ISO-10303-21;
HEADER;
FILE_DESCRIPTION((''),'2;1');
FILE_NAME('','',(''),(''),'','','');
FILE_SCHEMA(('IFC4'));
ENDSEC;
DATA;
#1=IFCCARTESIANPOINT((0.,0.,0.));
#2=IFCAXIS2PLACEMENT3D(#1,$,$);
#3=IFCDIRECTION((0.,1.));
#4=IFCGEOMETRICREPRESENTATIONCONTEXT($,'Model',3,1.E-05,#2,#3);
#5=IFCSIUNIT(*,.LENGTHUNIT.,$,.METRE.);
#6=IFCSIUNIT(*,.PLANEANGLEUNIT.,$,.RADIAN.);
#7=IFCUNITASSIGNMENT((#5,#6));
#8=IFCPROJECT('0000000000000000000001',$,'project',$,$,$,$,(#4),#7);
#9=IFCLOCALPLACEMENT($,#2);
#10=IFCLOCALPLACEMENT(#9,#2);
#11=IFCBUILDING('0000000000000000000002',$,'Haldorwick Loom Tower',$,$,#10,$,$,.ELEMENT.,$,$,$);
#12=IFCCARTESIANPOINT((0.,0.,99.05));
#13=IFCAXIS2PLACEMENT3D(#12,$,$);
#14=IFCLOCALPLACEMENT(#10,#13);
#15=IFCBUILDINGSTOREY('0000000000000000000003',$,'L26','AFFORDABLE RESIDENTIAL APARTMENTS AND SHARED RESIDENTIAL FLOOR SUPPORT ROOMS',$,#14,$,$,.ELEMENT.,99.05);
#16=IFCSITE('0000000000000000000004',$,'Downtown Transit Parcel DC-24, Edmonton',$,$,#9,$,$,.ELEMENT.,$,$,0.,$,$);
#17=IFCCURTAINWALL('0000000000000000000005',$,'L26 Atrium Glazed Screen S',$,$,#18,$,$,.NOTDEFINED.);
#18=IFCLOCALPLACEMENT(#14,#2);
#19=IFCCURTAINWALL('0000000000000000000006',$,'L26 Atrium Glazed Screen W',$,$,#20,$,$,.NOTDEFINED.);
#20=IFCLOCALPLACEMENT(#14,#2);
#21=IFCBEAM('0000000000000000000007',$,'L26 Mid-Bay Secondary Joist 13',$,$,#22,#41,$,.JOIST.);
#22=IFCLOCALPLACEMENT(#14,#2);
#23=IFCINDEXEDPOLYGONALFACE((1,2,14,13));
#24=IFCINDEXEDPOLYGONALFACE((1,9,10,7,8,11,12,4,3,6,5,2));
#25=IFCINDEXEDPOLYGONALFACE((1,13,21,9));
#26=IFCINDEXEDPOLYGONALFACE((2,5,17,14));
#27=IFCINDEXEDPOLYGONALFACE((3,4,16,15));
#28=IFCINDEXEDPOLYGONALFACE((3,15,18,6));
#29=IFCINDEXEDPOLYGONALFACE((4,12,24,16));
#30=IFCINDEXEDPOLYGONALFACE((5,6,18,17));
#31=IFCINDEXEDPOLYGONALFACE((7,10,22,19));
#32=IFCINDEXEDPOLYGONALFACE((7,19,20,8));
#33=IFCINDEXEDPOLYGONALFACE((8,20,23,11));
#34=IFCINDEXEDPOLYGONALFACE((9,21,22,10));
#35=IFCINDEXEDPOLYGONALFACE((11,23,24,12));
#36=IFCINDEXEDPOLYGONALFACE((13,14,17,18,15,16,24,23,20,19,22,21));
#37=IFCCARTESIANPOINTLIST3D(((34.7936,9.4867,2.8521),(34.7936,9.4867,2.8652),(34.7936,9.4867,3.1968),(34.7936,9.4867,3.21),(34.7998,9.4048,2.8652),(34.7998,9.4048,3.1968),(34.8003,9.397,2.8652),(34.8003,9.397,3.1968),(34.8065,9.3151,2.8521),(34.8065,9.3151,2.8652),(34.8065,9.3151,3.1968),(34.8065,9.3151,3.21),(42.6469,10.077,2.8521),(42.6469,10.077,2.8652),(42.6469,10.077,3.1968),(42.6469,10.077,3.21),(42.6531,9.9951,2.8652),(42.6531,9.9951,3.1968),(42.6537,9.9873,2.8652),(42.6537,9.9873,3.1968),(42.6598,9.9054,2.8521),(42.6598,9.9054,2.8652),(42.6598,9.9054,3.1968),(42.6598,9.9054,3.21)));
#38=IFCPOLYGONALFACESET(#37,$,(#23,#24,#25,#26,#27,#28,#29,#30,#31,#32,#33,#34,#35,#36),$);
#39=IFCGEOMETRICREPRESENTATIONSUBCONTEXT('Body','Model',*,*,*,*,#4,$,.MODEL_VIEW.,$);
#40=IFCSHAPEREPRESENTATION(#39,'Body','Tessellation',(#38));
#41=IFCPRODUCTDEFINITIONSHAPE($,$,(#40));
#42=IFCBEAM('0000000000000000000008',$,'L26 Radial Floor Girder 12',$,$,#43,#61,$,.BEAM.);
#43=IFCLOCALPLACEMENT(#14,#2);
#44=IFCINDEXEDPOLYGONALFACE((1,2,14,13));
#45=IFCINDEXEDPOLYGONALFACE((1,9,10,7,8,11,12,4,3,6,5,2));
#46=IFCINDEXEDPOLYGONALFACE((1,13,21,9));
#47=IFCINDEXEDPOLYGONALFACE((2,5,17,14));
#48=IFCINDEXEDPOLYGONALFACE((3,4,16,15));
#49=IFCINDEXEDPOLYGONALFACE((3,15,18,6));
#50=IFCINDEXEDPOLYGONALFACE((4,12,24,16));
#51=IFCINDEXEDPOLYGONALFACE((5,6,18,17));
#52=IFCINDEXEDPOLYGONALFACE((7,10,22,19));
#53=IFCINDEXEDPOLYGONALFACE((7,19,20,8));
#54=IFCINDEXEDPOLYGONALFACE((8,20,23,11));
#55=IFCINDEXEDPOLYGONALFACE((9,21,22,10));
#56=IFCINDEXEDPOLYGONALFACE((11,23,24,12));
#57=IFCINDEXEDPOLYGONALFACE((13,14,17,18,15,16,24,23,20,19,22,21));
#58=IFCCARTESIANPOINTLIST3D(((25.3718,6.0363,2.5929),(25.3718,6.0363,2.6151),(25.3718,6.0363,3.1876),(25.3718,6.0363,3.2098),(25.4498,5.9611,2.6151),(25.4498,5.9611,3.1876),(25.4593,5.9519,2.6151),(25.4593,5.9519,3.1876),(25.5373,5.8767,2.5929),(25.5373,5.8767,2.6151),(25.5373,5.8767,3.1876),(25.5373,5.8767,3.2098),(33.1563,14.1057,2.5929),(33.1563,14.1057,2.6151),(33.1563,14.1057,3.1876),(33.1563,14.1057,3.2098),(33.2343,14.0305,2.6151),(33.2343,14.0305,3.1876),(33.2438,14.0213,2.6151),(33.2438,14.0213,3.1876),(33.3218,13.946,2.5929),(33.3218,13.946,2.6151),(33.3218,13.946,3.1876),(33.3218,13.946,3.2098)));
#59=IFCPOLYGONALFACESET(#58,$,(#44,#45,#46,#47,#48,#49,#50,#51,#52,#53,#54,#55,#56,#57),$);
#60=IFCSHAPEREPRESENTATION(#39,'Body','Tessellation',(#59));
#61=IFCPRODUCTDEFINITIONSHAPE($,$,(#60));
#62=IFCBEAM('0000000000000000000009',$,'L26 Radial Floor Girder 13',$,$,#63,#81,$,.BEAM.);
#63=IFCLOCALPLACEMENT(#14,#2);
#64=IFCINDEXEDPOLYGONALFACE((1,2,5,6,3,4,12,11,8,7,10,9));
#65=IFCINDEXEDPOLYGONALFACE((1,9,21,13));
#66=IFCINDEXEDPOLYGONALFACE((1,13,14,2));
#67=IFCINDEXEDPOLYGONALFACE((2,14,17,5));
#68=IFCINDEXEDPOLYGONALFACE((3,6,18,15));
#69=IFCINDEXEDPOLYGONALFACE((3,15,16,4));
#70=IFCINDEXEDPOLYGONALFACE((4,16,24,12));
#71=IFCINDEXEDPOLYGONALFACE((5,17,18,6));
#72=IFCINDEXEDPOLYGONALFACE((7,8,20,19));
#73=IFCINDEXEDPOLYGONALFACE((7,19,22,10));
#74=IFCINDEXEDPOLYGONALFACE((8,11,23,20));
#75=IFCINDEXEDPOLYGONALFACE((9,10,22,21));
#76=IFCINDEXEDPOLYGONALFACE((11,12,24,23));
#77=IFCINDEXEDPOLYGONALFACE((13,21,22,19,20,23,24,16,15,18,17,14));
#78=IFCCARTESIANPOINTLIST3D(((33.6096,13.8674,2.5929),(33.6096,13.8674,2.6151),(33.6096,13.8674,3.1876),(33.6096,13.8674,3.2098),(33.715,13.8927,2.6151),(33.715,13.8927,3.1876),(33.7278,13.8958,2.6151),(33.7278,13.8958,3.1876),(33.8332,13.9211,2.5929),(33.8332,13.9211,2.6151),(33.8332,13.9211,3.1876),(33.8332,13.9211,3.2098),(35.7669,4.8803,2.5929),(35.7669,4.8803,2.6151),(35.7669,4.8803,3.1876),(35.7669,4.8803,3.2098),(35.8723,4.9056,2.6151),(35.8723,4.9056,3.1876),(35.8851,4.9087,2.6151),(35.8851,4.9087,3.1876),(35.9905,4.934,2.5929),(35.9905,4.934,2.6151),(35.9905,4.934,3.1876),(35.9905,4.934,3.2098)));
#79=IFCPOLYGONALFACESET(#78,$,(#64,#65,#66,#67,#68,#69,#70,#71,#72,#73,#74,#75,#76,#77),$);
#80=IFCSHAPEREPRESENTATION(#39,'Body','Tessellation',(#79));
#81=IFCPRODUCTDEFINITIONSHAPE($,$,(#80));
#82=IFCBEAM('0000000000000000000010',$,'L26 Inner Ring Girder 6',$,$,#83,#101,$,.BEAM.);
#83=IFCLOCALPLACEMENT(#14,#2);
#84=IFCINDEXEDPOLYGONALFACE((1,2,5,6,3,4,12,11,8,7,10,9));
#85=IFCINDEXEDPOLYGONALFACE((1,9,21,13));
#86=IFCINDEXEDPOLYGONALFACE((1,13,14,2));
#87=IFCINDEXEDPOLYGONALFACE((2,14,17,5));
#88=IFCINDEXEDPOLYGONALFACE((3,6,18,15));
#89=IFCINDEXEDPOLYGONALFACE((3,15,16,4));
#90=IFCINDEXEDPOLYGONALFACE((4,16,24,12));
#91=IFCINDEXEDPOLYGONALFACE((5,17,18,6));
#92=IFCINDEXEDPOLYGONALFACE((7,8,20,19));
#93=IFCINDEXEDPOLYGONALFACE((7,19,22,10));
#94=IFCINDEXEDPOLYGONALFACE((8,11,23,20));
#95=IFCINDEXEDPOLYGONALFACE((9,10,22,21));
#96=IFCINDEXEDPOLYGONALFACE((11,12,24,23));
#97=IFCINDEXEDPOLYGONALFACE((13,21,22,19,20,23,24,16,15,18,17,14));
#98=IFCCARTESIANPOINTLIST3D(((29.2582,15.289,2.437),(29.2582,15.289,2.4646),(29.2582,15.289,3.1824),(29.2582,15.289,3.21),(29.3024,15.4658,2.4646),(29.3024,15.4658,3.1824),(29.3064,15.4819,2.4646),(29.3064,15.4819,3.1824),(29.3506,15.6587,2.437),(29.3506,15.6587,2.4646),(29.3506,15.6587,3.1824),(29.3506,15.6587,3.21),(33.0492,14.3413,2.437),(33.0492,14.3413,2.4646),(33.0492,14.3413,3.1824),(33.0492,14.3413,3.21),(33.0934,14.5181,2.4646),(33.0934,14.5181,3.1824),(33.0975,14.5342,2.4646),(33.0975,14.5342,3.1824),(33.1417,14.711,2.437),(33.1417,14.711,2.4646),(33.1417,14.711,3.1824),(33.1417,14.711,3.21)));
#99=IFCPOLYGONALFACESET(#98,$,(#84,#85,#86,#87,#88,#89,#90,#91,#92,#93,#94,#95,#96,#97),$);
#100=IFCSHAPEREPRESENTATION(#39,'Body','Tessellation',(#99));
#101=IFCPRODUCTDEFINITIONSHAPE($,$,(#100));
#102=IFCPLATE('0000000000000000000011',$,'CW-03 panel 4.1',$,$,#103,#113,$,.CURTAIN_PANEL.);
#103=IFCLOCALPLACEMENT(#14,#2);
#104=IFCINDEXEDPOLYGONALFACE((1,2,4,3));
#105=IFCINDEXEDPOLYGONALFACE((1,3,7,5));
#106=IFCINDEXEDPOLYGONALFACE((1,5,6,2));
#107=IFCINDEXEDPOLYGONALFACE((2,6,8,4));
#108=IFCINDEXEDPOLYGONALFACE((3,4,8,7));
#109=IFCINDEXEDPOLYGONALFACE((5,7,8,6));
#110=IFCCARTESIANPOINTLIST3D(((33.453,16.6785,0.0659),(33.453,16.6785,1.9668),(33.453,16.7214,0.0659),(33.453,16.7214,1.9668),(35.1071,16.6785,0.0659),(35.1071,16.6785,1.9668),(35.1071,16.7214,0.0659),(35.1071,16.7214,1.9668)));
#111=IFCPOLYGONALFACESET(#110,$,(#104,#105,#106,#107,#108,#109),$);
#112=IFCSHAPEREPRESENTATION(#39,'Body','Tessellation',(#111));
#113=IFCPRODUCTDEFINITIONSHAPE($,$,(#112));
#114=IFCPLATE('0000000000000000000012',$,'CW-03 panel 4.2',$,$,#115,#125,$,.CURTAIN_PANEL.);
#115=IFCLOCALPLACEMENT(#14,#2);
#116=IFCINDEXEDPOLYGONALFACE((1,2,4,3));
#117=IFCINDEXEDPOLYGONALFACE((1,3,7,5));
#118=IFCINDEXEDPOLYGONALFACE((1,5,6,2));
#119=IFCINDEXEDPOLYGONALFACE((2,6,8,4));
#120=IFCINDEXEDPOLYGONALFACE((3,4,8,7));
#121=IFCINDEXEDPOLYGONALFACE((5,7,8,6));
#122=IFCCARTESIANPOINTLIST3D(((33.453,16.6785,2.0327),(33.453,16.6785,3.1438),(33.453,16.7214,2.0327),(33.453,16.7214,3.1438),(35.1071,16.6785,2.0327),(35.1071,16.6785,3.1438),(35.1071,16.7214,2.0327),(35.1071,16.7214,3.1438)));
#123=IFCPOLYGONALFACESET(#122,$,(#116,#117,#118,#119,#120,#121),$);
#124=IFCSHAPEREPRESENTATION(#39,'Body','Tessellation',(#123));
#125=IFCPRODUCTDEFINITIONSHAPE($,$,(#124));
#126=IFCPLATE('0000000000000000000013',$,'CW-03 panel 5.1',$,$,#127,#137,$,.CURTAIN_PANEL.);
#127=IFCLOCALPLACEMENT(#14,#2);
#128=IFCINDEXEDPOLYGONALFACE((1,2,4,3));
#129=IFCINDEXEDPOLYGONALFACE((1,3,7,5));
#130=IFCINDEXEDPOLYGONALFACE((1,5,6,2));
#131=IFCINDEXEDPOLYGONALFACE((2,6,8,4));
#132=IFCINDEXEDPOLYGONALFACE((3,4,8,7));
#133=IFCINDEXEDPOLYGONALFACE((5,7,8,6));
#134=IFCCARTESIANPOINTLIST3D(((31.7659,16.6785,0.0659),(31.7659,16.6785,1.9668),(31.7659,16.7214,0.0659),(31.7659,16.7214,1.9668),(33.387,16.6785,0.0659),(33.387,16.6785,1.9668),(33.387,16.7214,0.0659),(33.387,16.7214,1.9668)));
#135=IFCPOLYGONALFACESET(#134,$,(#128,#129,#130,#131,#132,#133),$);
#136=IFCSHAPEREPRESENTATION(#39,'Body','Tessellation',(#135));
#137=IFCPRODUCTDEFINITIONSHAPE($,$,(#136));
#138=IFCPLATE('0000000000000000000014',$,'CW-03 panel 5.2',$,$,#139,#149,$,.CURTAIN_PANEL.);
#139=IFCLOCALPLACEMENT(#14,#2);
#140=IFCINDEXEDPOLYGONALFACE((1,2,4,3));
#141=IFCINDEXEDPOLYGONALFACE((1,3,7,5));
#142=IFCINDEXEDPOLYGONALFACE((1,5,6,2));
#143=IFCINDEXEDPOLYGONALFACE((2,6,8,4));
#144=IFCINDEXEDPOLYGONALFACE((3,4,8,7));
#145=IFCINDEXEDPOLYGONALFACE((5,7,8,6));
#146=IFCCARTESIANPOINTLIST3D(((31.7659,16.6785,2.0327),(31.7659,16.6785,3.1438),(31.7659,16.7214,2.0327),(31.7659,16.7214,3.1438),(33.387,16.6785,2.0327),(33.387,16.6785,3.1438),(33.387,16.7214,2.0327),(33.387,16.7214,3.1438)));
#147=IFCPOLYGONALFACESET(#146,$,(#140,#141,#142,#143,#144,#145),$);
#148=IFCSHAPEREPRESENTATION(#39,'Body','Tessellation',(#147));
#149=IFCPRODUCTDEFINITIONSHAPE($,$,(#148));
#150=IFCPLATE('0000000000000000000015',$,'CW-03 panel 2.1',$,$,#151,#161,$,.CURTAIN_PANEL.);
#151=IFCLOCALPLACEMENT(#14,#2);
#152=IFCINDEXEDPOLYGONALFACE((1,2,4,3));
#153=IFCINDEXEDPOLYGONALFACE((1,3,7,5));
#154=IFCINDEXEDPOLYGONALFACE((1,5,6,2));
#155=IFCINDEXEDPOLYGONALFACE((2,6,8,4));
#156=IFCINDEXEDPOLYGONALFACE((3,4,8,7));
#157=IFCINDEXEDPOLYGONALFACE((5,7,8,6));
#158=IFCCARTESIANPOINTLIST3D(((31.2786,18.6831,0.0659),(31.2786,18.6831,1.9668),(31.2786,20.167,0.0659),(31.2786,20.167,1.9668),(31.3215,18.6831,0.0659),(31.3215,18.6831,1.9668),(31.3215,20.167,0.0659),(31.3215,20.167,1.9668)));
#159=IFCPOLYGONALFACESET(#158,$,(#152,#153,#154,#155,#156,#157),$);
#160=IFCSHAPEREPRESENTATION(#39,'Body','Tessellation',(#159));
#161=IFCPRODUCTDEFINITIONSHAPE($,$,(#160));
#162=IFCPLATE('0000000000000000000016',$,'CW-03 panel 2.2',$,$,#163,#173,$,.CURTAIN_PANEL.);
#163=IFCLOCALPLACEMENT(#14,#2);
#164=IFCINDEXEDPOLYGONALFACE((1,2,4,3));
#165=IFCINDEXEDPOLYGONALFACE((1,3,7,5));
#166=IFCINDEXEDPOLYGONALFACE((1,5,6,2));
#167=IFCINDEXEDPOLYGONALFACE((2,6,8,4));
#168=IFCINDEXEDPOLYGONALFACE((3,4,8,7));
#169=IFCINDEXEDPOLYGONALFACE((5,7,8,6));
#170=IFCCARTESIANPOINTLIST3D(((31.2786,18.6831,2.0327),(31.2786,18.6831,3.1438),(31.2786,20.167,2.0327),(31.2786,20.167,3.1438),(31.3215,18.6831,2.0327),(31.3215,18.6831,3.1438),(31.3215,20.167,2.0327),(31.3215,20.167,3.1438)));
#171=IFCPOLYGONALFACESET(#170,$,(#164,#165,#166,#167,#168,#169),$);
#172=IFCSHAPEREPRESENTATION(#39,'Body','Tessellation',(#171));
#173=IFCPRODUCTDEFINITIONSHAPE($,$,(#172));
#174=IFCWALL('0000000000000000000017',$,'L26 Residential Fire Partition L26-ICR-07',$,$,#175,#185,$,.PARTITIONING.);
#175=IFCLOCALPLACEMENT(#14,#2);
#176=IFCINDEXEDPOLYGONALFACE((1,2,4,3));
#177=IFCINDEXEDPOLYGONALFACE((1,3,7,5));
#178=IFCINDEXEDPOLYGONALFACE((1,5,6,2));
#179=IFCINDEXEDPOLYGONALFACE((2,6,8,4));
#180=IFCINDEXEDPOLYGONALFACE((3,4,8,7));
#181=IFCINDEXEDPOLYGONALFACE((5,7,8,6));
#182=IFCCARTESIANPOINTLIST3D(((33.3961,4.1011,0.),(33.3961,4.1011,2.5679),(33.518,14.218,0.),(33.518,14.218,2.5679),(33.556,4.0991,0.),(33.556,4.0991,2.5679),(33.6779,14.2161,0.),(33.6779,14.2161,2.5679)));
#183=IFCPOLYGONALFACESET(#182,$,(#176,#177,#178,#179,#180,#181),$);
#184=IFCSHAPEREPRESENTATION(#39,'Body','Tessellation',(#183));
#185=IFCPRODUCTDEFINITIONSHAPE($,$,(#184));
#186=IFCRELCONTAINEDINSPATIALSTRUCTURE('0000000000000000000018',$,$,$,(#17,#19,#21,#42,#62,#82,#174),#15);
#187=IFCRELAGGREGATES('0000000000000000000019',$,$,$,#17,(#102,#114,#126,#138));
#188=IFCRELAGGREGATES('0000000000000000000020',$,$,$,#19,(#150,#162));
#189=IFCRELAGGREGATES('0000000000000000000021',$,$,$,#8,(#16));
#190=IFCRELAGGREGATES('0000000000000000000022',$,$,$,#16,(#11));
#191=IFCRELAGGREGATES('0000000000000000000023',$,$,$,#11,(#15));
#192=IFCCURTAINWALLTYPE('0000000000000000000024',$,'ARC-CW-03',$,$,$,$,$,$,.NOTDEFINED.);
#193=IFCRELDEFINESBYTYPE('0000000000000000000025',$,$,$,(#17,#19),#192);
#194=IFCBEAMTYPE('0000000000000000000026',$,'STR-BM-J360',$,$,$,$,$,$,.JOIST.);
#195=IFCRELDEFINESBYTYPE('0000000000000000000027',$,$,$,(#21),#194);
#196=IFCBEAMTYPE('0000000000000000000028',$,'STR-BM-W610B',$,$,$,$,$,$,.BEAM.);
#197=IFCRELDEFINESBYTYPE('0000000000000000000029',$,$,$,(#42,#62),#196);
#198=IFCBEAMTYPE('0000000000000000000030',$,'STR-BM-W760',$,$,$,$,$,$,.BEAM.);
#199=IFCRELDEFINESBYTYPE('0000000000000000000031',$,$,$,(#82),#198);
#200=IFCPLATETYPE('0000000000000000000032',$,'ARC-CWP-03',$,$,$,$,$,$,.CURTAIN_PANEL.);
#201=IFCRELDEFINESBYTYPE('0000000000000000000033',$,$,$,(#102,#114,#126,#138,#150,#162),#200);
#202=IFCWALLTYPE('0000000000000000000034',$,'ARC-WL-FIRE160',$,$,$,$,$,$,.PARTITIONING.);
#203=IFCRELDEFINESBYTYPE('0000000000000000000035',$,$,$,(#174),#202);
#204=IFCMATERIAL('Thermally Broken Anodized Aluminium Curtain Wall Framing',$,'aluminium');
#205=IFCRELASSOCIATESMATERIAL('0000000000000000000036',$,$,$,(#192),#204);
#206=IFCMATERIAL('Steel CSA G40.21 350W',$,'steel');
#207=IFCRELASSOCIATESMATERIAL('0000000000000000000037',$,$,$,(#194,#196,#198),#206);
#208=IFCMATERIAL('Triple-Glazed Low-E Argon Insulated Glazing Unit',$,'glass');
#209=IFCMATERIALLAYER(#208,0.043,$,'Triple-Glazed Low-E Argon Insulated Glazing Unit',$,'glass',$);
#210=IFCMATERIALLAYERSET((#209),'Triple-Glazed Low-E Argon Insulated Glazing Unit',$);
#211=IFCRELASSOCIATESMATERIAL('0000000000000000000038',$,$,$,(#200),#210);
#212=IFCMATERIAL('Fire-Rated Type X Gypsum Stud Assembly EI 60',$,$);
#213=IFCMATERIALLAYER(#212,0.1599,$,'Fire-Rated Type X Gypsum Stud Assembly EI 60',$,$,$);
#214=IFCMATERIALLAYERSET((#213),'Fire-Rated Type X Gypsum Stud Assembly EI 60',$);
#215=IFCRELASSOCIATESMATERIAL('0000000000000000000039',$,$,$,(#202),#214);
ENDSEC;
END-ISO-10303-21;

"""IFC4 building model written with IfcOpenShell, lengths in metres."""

from ifc_helpers import new_model, si_unit, direction, frame, frame_2d, origin, origin_2d, place, context, subcontext, project, spatial, rectangle, i_section, extrude, material, layer, layer_set, material_profile, profile_set, type_object, element, aggregate, save


model = new_model("IFC4")

# Units and contexts
model_context = context("Model", 3, precision=1e-05, world=origin(), true_north=direction((0.0, 1.0)))
body_context = subcontext(model_context, "Body", "Model", "MODEL_VIEW")
ifc_project = project(units=[si_unit("LENGTHUNIT", "METRE"), si_unit("PLANEANGLEUNIT", "RADIAN")], contexts=[model_context])

# Site, building, storey
site_placement = place(None, origin())
site = spatial("IfcSite", under=ifc_project, at=site_placement, Name="Downtown Transit Parcel DC-24, Edmonton", CompositionType="ELEMENT", RefElevation=0.0)
building_placement = place(site_placement, origin())
building = spatial("IfcBuilding", under=site, at=building_placement, Name="Haldorwick Loom Tower", CompositionType="ELEMENT")
storey_placement = place(building_placement, frame((0.0, 0.0, 99.05)))
storey = spatial("IfcBuildingStorey", under=building, at=storey_placement, Name="L26", Description="AFFORDABLE RESIDENTIAL APARTMENTS AND SHARED RESIDENTIAL FLOOR SUPPORT ROOMS", CompositionType="ELEMENT", Elevation=99.05)

# Curtain wall
ifc_material_1 = material(Name="Thermally Broken Anodized Aluminium Curtain Wall Framing", Category="aluminium")
curtain_wall_type = type_object("IfcCurtainWallType", Name="ARC-CW-03", PredefinedType="NOTDEFINED", material=ifc_material_1)
curtain_wall_1_placement = place(storey_placement, origin())
curtain_wall_1 = element("IfcCurtainWall", 1, at=curtain_wall_1_placement, inside=storey, type_object=curtain_wall_type, Name="L26 Atrium Glazed Screen S", PredefinedType="NOTDEFINED")

# Curtain wall
curtain_wall_2_placement = place(storey_placement, origin())
curtain_wall_2 = element("IfcCurtainWall", 2, at=curtain_wall_2_placement, inside=storey, type_object=curtain_wall_type, Name="L26 Atrium Glazed Screen W", PredefinedType="NOTDEFINED")

# Beams
ifc_material_2 = material(Name="Steel CSA G40.21 350W", Category="steel")
ifc_material_profile_1 = material_profile(ifc_material_2, i_section(OverallWidth=0.1721, OverallDepth=0.3579, WebThickness=0.0078, FlangeThickness=0.0132, at=origin_2d()), Name="W360X57", Category="steel")
ifc_profile_set_1 = profile_set([ifc_material_profile_1], Name="Steel CSA G40.21 350W")
beam_type_1 = type_object("IfcBeamType", Name="STR-BM-J360", PredefinedType="JOIST", material=ifc_profile_set_1)
beam_1_placement = place(storey_placement, frame((34.8, 9.4009, 3.031), z_axis=(0.997187, 0.074959, 0.0), x_axis=(-0.074959, 0.997187, 0.0)))
element("IfcBeam", 3, at=beam_1_placement, inside=storey, type_object=beam_type_1, Name="L26 Mid-Bay Secondary Joist 13", PredefinedType="JOIST", context=body_context, shape_type="SweptSolid", body=[
    extrude(i_section(OverallWidth=0.1721, OverallDepth=0.3579, WebThickness=0.0078, FlangeThickness=0.0132, at=origin_2d()), origin(), (0.0, 0.0, 1.0), 7.8755),
])
ifc_material_profile_2 = material_profile(ifc_material_2, i_section(OverallWidth=0.23, OverallDepth=0.6169, WebThickness=0.0132, FlangeThickness=0.0222, at=origin_2d()), Name="W610X140", Category="steel")
ifc_profile_set_2 = profile_set([ifc_material_profile_2], Name="Steel CSA G40.21 350W")
beam_type_2 = type_object("IfcBeamType", Name="STR-BM-W610B", PredefinedType="BEAM", material=ifc_profile_set_2)
beam_2_placement = place(storey_placement, frame((33.239, 14.0259, 2.9014), z_axis=(-0.694287, -0.719698, 0.0), x_axis=(0.719698, -0.694287, 0.0)))
element("IfcBeam", 4, at=beam_2_placement, inside=storey, type_object=beam_type_2, Name="L26 Radial Floor Girder 12", PredefinedType="BEAM", context=body_context, shape_type="SweptSolid", body=[
    extrude(i_section(OverallWidth=0.23, OverallDepth=0.6169, WebThickness=0.0132, FlangeThickness=0.0222, at=origin_2d()), origin(), (0.0, 0.0, 1.0), 11.2122),
])
beam_3_placement = place(storey_placement, frame((33.7214, 13.8943, 2.9014), z_axis=(0.233407, -0.972379, 0.0), x_axis=(0.972379, 0.233407, 0.0)))
element("IfcBeam", 5, at=beam_3_placement, inside=storey, type_object=beam_type_2, Name="L26 Radial Floor Girder 13", PredefinedType="BEAM", context=body_context, shape_type="SweptSolid", body=[
    extrude(i_section(OverallWidth=0.23, OverallDepth=0.6169, WebThickness=0.0132, FlangeThickness=0.0222, at=origin_2d()), origin(), (0.0, 0.0, 1.0), 9.2424),
])
ifc_material_profile_3 = material_profile(ifc_material_2, i_section(OverallWidth=0.3811, OverallDepth=0.7729, WebThickness=0.0166, FlangeThickness=0.0276, at=origin_2d()), Name="W760X257", Category="steel")
ifc_profile_set_3 = profile_set([ifc_material_profile_3], Name="Steel CSA G40.21 350W")
beam_type_3 = type_object("IfcBeamType", Name="STR-BM-W760", PredefinedType="BEAM", material=ifc_profile_set_3)
beam_4_placement = place(storey_placement, frame((33.0955, 14.5261, 2.8235), z_axis=(-0.970143, 0.242536, 0.0), x_axis=(-0.242536, -0.970143, 0.0)))
element("IfcBeam", 6, at=beam_4_placement, inside=storey, type_object=beam_type_3, Name="L26 Inner Ring Girder 6", PredefinedType="BEAM", context=body_context, shape_type="SweptSolid", body=[
    extrude(i_section(OverallWidth=0.3811, OverallDepth=0.7729, WebThickness=0.0166, FlangeThickness=0.0276, at=origin_2d()), origin(), (0.0, 0.0, 1.0), 3.9077),
])

# Plates
ifc_material_3 = material(Name="Triple-Glazed Low-E Argon Insulated Glazing Unit", Category="glass")
ifc_layer_1 = layer(ifc_material_3, 0.043, Name="Triple-Glazed Low-E Argon Insulated Glazing Unit", Category="glass")
ifc_layer_set_1 = layer_set([ifc_layer_1], Name="Triple-Glazed Low-E Argon Insulated Glazing Unit")
plate_type = type_object("IfcPlateType", Name="ARC-CWP-03", PredefinedType="CURTAIN_PANEL", material=ifc_layer_set_1)
plate_1_placement = place(storey_placement, frame((34.28, 16.7, 0.0659), z_axis=(0.0, 0.0, 1.0), x_axis=(-1.0, 0.0, 0.0)))
plate_1 = element("IfcPlate", 7, at=plate_1_placement, type_object=plate_type, Name="CW-03 panel 4.1", PredefinedType="CURTAIN_PANEL", context=body_context, shape_type="SweptSolid", body=[
    extrude(rectangle(XDim=1.6541, YDim=0.043, at=origin_2d()), origin(), (0.0, 0.0, 1.0), 1.9009),
])
plate_2_placement = place(storey_placement, frame((34.28, 16.7, 2.0327), z_axis=(0.0, 0.0, 1.0), x_axis=(-1.0, 0.0, 0.0)))
plate_2 = element("IfcPlate", 8, at=plate_2_placement, type_object=plate_type, Name="CW-03 panel 4.2", PredefinedType="CURTAIN_PANEL", context=body_context, shape_type="SweptSolid", body=[
    extrude(rectangle(XDim=1.6541, YDim=0.043, at=origin_2d()), origin(), (0.0, 0.0, 1.0), 1.1111),
])
plate_3_placement = place(storey_placement, frame((32.5764, 16.7, 0.0659), z_axis=(0.0, 0.0, 1.0), x_axis=(-1.0, 0.0, 0.0)))
plate_3 = element("IfcPlate", 9, at=plate_3_placement, type_object=plate_type, Name="CW-03 panel 5.1", PredefinedType="CURTAIN_PANEL", context=body_context, shape_type="SweptSolid", body=[
    extrude(rectangle(XDim=1.6211, YDim=0.043, at=origin_2d()), origin(), (0.0, 0.0, 1.0), 1.9009),
])
plate_4_placement = place(storey_placement, frame((32.5764, 16.7, 2.0327), z_axis=(0.0, 0.0, 1.0), x_axis=(-1.0, 0.0, 0.0)))
plate_4 = element("IfcPlate", 10, at=plate_4_placement, type_object=plate_type, Name="CW-03 panel 5.2", PredefinedType="CURTAIN_PANEL", context=body_context, shape_type="SweptSolid", body=[
    extrude(rectangle(XDim=1.6211, YDim=0.043, at=origin_2d()), origin(), (0.0, 0.0, 1.0), 1.1111),
])
aggregate(curtain_wall_1, [plate_1, plate_2, plate_3, plate_4])
plate_5_placement = place(storey_placement, frame((31.3, 19.425, 0.0659), z_axis=(0.0, 0.0, 1.0), x_axis=(0.0, 1.0, 0.0)))
plate_5 = element("IfcPlate", 11, at=plate_5_placement, type_object=plate_type, Name="CW-03 panel 2.1", PredefinedType="CURTAIN_PANEL", context=body_context, shape_type="SweptSolid", body=[
    extrude(rectangle(XDim=1.4839, YDim=0.043, at=origin_2d()), origin(), (0.0, 0.0, 1.0), 1.9009),
])
plate_6_placement = place(storey_placement, frame((31.3, 19.425, 2.0327), z_axis=(0.0, 0.0, 1.0), x_axis=(0.0, 1.0, 0.0)))
plate_6 = element("IfcPlate", 12, at=plate_6_placement, type_object=plate_type, Name="CW-03 panel 2.2", PredefinedType="CURTAIN_PANEL", context=body_context, shape_type="SweptSolid", body=[
    extrude(rectangle(XDim=1.4839, YDim=0.043, at=origin_2d()), origin(), (0.0, 0.0, 1.0), 1.1111),
])
aggregate(curtain_wall_2, [plate_5, plate_6])

# Wall
ifc_material_4 = material(Name="Fire-Rated Type X Gypsum Stud Assembly EI 60")
ifc_layer_2 = layer(ifc_material_4, 0.1599, Name="Fire-Rated Type X Gypsum Stud Assembly EI 60")
ifc_layer_set_2 = layer_set([ifc_layer_2], Name="Fire-Rated Type X Gypsum Stud Assembly EI 60")
wall_type = type_object("IfcWallType", Name="ARC-WL-FIRE160", PredefinedType="PARTITIONING", material=ifc_layer_set_2)
wall_1_placement = place(storey_placement, frame((33.5979, 14.217, 0.0), z_axis=(0.0, 0.0, 1.0), x_axis=(-0.012041, -0.999928, 0.0)))
element("IfcWall", 13, at=wall_1_placement, inside=storey, type_object=wall_type, Name="L26 Residential Fire Partition L26-ICR-07", PredefinedType="PARTITIONING", context=body_context, shape_type="SweptSolid", body=[
    extrude(rectangle(XDim=10.1177, YDim=0.1599, at=frame_2d((5.0588, 0.0))), origin(), (0.0, 0.0, 1.0), 2.5679),
])

save(model, "model.ifc")
